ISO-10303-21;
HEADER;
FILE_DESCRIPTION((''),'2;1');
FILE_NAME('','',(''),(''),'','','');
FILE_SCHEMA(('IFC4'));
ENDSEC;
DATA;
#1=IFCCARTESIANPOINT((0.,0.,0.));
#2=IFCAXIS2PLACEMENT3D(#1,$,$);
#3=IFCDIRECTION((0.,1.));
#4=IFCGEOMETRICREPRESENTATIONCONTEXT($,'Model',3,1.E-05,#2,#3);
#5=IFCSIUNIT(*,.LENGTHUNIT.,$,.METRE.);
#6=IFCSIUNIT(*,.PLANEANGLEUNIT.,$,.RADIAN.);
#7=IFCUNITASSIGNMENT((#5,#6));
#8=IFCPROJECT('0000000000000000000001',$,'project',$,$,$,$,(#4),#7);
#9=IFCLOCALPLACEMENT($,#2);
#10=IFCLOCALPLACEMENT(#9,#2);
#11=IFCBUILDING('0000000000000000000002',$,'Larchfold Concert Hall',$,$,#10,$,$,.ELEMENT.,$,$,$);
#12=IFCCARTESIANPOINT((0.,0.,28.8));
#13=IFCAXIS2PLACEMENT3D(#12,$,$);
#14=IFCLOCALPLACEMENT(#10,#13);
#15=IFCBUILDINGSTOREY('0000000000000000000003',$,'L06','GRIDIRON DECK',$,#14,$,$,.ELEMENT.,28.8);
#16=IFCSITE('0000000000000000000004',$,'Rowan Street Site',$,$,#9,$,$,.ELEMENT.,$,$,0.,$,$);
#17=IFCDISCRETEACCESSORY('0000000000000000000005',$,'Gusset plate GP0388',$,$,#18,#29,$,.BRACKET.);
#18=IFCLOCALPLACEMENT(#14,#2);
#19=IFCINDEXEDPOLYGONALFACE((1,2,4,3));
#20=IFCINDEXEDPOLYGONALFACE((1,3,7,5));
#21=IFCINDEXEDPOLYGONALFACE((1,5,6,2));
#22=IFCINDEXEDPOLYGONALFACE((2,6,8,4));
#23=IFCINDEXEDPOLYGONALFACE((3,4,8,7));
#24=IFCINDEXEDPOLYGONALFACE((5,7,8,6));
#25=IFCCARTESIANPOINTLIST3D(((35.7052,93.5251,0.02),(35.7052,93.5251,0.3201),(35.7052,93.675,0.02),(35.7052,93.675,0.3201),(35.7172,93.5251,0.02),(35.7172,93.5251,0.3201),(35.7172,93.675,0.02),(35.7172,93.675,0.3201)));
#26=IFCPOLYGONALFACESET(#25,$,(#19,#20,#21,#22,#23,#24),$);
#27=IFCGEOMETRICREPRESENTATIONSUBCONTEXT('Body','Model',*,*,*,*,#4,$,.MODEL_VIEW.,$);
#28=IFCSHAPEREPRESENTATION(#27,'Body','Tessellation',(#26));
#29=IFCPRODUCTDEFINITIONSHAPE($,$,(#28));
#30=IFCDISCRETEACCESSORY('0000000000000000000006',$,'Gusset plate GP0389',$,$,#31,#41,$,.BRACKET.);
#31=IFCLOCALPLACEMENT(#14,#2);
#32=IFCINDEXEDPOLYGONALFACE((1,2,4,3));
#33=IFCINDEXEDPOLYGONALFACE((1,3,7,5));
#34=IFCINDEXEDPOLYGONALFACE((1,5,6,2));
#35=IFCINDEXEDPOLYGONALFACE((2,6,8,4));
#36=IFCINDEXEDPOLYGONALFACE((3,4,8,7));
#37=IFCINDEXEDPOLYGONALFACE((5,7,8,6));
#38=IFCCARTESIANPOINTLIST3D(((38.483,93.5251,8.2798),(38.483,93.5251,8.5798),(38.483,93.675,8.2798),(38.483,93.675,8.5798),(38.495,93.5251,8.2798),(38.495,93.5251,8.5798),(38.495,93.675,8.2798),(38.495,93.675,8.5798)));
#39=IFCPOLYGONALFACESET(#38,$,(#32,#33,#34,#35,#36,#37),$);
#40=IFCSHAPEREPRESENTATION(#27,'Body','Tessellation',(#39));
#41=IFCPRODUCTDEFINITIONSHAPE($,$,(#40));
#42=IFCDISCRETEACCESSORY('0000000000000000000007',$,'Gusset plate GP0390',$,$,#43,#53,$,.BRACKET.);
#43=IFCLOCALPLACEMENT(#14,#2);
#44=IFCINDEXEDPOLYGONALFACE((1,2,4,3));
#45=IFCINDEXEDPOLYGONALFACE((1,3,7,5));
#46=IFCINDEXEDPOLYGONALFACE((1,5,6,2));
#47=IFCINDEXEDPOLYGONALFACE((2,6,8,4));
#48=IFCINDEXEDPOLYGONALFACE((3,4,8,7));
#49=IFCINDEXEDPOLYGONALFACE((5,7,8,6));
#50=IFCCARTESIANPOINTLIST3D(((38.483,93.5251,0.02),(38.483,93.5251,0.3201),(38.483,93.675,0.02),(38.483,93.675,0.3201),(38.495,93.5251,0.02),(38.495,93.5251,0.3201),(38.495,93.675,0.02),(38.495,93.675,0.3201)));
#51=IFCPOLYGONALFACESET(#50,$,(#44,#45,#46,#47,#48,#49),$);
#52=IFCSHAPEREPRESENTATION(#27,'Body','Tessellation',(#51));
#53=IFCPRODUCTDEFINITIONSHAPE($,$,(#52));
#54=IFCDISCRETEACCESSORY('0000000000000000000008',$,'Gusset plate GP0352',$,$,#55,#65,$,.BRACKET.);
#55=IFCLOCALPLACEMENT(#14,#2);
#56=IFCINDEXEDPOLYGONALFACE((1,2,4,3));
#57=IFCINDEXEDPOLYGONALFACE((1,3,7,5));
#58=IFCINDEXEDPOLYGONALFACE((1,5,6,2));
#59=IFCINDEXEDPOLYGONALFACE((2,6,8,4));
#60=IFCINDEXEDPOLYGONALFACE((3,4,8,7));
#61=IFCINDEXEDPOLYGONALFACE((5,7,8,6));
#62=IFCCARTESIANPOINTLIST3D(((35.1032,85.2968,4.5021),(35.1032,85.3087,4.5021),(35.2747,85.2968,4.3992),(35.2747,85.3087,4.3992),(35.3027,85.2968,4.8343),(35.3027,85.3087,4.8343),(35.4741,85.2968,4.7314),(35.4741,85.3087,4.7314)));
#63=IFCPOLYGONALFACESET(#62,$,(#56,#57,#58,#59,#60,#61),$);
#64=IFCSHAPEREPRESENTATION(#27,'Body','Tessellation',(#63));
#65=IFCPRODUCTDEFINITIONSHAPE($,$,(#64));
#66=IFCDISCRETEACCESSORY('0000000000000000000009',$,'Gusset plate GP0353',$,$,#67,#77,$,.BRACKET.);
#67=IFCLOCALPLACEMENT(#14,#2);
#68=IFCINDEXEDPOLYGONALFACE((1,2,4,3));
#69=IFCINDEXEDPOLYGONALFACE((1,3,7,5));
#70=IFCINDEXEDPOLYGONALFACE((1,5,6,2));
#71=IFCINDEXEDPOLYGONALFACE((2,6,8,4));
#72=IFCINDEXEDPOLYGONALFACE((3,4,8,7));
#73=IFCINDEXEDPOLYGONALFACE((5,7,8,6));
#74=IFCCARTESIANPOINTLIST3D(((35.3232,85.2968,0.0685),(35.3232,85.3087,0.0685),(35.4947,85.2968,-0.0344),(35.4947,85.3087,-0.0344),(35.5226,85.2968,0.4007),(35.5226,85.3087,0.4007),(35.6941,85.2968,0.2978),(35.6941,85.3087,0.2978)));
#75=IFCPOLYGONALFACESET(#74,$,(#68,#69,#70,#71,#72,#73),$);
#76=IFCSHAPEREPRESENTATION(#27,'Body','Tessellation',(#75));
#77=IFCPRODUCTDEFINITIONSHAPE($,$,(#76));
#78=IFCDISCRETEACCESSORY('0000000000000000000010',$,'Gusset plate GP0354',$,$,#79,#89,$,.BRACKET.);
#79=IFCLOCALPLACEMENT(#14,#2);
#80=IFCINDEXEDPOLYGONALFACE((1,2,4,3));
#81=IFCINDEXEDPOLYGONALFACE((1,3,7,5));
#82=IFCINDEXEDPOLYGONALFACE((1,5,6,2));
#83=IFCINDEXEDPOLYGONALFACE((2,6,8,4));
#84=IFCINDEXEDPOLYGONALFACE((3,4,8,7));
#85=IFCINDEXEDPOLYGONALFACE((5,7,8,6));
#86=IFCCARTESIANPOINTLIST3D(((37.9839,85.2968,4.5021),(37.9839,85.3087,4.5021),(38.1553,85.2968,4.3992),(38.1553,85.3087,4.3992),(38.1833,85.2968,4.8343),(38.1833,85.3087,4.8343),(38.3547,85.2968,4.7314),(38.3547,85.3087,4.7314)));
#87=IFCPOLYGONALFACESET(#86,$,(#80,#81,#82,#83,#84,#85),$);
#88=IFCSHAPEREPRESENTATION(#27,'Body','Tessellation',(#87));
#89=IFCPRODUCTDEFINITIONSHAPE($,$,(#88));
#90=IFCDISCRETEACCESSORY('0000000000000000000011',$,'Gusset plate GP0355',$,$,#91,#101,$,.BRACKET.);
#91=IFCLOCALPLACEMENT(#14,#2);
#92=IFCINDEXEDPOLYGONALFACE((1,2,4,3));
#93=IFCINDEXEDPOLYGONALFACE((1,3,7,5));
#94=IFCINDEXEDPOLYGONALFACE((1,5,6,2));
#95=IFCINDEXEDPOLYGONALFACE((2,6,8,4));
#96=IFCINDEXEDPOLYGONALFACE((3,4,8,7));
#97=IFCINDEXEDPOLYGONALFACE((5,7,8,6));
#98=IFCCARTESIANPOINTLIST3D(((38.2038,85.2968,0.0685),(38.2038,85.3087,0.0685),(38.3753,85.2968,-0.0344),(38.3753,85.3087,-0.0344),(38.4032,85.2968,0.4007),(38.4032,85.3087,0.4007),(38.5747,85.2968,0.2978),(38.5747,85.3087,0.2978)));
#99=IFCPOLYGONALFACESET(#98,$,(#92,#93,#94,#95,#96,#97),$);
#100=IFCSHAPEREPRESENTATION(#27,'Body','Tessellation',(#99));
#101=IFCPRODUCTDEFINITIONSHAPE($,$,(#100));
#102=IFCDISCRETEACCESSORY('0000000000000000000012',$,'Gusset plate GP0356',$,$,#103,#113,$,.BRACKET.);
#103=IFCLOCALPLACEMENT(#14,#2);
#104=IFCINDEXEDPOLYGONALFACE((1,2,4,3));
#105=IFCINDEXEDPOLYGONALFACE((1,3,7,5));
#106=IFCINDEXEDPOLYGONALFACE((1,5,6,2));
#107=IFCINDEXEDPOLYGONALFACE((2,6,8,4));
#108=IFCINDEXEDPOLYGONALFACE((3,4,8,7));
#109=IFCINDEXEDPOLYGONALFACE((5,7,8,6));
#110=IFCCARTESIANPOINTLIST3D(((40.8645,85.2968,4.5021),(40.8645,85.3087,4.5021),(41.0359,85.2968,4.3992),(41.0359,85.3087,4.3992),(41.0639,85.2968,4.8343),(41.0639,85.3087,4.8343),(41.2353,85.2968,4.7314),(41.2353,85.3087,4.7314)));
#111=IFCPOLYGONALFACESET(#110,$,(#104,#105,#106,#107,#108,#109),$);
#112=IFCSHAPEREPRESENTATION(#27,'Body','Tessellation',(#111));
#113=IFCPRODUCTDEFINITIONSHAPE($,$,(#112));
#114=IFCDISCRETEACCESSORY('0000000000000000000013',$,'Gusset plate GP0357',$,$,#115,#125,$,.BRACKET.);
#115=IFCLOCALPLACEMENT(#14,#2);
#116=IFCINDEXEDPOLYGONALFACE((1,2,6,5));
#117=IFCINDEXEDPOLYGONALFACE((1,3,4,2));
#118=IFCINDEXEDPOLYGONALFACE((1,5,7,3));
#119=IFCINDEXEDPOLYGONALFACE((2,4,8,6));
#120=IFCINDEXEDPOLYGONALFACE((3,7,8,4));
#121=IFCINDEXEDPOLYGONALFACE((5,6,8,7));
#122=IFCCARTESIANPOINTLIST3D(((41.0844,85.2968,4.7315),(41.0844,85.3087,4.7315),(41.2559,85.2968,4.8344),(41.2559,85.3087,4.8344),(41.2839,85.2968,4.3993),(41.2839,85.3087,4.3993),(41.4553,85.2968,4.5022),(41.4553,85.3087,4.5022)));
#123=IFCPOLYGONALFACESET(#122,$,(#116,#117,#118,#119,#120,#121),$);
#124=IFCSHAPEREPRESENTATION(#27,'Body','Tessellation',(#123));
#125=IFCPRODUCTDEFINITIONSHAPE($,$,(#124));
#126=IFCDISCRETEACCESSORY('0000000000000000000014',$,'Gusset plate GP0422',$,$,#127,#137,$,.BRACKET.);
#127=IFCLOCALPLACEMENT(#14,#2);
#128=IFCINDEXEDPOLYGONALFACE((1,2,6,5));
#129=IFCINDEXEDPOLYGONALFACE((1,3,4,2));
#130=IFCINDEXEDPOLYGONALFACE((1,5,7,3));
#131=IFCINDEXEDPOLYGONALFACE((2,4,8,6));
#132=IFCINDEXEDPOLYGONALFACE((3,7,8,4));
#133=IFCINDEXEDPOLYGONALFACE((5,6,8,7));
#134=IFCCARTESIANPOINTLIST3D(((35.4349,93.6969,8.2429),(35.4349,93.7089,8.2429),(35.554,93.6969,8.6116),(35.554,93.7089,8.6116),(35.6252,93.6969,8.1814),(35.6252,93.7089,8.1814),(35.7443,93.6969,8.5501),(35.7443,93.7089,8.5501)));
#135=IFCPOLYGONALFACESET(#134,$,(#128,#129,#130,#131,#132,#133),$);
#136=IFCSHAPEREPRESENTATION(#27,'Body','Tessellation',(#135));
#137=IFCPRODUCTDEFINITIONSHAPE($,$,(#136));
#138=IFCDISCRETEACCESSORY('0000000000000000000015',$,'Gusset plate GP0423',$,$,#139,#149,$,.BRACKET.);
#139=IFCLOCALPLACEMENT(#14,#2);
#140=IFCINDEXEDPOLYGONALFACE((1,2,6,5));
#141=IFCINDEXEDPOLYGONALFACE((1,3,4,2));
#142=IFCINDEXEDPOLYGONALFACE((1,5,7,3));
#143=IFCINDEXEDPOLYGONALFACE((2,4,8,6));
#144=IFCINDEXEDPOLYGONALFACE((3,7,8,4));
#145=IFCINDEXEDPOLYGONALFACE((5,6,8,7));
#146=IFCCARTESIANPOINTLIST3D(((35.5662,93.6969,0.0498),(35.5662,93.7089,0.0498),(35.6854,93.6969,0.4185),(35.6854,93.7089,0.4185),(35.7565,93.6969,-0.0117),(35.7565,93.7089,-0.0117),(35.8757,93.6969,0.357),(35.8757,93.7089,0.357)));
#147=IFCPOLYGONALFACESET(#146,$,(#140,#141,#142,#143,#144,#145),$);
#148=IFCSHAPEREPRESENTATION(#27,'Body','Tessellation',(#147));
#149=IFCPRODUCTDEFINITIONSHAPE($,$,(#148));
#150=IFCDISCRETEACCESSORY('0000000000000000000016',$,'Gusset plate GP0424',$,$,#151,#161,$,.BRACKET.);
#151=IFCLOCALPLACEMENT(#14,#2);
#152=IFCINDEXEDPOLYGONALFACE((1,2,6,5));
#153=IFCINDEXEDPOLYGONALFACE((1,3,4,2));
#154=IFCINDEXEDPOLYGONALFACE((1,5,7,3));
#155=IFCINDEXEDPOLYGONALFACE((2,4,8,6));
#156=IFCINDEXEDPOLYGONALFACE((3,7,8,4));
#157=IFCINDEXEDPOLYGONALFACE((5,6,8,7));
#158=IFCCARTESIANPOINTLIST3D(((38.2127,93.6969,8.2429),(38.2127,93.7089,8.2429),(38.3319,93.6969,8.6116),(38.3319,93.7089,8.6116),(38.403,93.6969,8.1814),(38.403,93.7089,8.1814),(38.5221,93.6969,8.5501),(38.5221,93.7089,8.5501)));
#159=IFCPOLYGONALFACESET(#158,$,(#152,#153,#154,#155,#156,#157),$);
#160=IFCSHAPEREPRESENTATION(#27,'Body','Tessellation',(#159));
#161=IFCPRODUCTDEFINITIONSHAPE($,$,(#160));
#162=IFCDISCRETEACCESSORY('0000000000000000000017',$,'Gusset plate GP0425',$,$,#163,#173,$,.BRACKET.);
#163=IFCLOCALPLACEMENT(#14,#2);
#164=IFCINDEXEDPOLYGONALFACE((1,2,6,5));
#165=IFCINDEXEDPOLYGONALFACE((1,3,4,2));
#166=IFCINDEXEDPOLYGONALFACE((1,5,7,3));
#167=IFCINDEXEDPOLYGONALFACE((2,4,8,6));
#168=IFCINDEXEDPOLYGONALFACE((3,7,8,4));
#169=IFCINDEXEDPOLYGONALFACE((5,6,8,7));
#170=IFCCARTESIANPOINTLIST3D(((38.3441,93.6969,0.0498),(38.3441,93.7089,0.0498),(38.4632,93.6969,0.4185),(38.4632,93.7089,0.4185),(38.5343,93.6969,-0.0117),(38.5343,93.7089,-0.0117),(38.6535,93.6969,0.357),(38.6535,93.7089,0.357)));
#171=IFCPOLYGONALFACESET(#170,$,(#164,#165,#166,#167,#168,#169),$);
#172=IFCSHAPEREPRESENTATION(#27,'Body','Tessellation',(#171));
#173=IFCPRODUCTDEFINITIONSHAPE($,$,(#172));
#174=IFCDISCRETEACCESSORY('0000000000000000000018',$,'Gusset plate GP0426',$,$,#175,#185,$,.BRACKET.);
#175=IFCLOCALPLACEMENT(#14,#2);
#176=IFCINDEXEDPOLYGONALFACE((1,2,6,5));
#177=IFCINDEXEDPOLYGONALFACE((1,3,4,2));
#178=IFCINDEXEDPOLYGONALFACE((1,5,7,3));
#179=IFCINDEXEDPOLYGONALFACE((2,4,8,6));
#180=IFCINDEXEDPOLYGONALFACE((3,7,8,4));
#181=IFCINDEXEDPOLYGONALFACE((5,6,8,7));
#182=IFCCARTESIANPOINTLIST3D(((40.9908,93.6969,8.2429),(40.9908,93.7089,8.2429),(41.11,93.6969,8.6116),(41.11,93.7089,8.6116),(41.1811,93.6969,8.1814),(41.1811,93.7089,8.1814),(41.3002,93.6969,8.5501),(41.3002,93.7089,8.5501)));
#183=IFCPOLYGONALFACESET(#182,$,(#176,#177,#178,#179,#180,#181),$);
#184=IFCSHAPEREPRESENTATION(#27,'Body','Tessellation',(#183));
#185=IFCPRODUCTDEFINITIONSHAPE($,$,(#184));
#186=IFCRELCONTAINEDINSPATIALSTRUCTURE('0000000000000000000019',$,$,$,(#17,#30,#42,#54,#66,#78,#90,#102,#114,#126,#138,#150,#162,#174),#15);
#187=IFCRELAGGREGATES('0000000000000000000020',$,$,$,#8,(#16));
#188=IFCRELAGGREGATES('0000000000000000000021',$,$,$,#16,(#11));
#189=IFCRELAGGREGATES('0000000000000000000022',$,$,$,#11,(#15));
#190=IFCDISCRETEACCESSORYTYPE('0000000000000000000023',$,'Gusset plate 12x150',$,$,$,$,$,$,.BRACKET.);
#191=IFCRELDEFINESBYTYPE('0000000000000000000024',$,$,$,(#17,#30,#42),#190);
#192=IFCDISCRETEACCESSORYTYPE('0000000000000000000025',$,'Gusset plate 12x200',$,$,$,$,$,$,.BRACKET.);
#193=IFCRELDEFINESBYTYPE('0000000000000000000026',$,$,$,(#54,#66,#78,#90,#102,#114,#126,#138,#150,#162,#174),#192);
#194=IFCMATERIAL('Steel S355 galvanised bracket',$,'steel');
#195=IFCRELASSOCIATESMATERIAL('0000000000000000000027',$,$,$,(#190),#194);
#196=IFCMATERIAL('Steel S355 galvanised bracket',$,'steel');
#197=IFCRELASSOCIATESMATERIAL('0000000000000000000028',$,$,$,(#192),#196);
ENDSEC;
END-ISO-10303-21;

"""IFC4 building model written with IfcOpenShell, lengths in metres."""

from ifc_helpers import new_model, si_unit, direction, frame, origin, origin_2d, place, context, subcontext, project, spatial, rectangle, extrude, material, material_profile, profile_set, type_object, element, save


model = new_model("IFC4")

# Units and contexts
model_context = context("Model", 3, precision=1e-05, world=origin(), true_north=direction((0.0, 1.0)))
body_context = subcontext(model_context, "Body", "Model", "MODEL_VIEW")
ifc_project = project(units=[si_unit("LENGTHUNIT", "METRE"), si_unit("PLANEANGLEUNIT", "RADIAN")], contexts=[model_context])

# Site, building, storey
site_placement = place(None, origin())
site = spatial("IfcSite", under=ifc_project, at=site_placement, Name="Rowan Street Site", CompositionType="ELEMENT", RefElevation=0.0)
building_placement = place(site_placement, origin())
building = spatial("IfcBuilding", under=site, at=building_placement, Name="Larchfold Concert Hall", CompositionType="ELEMENT")
storey_placement = place(building_placement, frame((0.0, 0.0, 28.8)))
storey = spatial("IfcBuildingStorey", under=building, at=storey_placement, Name="L06", Description="GRIDIRON DECK", CompositionType="ELEMENT", Elevation=28.8)

# Discrete accessories
ifc_material_1 = material(Name="Steel S355 galvanised bracket", Category="steel")
ifc_material_profile_1 = material_profile(ifc_material_1, rectangle(XDim=0.012, YDim=0.1499, at=origin_2d()))
ifc_profile_set_1 = profile_set([ifc_material_profile_1], Name="Steel S355 galvanised bracket")
discrete_accessory_type_1 = type_object("IfcDiscreteAccessoryType", Name="Gusset plate 12x150", PredefinedType="BRACKET", material=ifc_profile_set_1)
for number, where, z_axis, x_axis, name in (
    (1, (35.7112, 93.6001, 0.3201), (0.0, 0.0, -1.0), (1.0, 0.0, 0.0), "Gusset plate GP0388"),
    (2, (38.489, 93.6001, 8.5798), (0.0, 0.0, -1.0), (1.0, 0.0, 0.0), "Gusset plate GP0389"),
    (3, (38.489, 93.6001, 0.3201), (0.0, 0.0, -1.0), (1.0, 0.0, 0.0), "Gusset plate GP0390"),
):
    element("IfcDiscreteAccessory", number, at=place(storey_placement, frame(where, z_axis=z_axis, x_axis=x_axis)), inside=storey, type_object=discrete_accessory_type_1, Name=name, PredefinedType="BRACKET", context=body_context, shape_type="SweptSolid", body=[
        extrude(rectangle(XDim=0.012, YDim=0.1499, at=origin_2d()), origin(), (0.0, 0.0, 1.0), 0.3),
    ])
ifc_material_2 = material(Name="Steel S355 galvanised bracket", Category="steel")
ifc_material_profile_2 = material_profile(ifc_material_2, rectangle(XDim=0.012, YDim=0.2, at=origin_2d()))
ifc_profile_set_2 = profile_set([ifc_material_profile_2], Name="Steel S355 galvanised bracket")
discrete_accessory_type_2 = type_object("IfcDiscreteAccessoryType", Name="Gusset plate 12x200", PredefinedType="BRACKET", material=ifc_profile_set_2)
for number, where, z_axis, x_axis, name in (
    (4, (35.189, 85.3027, 4.4507), (0.514681, 0.0, 0.857382), (0.0, 1.0, 0.0), "Gusset plate GP0352"),
    (5, (35.4089, 85.3027, 0.0171), (0.514681, 0.0, 0.857382), (0.0, 1.0, 0.0), "Gusset plate GP0353"),
    (6, (38.0696, 85.3027, 4.4507), (0.514681, 0.0, 0.857382), (0.0, 1.0, 0.0), "Gusset plate GP0354"),
    (7, (38.2896, 85.3027, 0.0171), (0.514681, 0.0, 0.857382), (0.0, 1.0, 0.0), "Gusset plate GP0355"),
    (8, (40.9502, 85.3027, 4.4507), (0.514681, 0.0, 0.857382), (0.0, 1.0, 0.0), "Gusset plate GP0356"),
    (9, (41.1702, 85.3027, 4.783), (0.514681, 0.0, -0.857382), (0.0, 1.0, 0.0), "Gusset plate GP0357"),
    (10, (35.53, 93.7029, 8.2122), (0.307518, 0.0, 0.951542), (0.0, 1.0, 0.0), "Gusset plate GP0422"),
    (11, (35.6614, 93.7029, 0.019), (0.307518, 0.0, 0.951542), (0.0, 1.0, 0.0), "Gusset plate GP0423"),
    (12, (38.3079, 93.7029, 8.2122), (0.307518, 0.0, 0.951542), (0.0, 1.0, 0.0), "Gusset plate GP0424"),
    (13, (38.4392, 93.7029, 0.019), (0.307518, 0.0, 0.951542), (0.0, 1.0, 0.0), "Gusset plate GP0425"),
    (14, (41.0859, 93.7029, 8.2122), (0.307518, 0.0, 0.951542), (0.0, 1.0, 0.0), "Gusset plate GP0426"),
):
    element("IfcDiscreteAccessory", number, at=place(storey_placement, frame(where, z_axis=z_axis, x_axis=x_axis)), inside=storey, type_object=discrete_accessory_type_2, Name=name, PredefinedType="BRACKET", context=body_context, shape_type="SweptSolid", body=[
        extrude(rectangle(XDim=0.012, YDim=0.2, at=origin_2d()), origin(), (0.0, 0.0, 1.0), 0.3875),
    ])

save(model, "model.ifc")
